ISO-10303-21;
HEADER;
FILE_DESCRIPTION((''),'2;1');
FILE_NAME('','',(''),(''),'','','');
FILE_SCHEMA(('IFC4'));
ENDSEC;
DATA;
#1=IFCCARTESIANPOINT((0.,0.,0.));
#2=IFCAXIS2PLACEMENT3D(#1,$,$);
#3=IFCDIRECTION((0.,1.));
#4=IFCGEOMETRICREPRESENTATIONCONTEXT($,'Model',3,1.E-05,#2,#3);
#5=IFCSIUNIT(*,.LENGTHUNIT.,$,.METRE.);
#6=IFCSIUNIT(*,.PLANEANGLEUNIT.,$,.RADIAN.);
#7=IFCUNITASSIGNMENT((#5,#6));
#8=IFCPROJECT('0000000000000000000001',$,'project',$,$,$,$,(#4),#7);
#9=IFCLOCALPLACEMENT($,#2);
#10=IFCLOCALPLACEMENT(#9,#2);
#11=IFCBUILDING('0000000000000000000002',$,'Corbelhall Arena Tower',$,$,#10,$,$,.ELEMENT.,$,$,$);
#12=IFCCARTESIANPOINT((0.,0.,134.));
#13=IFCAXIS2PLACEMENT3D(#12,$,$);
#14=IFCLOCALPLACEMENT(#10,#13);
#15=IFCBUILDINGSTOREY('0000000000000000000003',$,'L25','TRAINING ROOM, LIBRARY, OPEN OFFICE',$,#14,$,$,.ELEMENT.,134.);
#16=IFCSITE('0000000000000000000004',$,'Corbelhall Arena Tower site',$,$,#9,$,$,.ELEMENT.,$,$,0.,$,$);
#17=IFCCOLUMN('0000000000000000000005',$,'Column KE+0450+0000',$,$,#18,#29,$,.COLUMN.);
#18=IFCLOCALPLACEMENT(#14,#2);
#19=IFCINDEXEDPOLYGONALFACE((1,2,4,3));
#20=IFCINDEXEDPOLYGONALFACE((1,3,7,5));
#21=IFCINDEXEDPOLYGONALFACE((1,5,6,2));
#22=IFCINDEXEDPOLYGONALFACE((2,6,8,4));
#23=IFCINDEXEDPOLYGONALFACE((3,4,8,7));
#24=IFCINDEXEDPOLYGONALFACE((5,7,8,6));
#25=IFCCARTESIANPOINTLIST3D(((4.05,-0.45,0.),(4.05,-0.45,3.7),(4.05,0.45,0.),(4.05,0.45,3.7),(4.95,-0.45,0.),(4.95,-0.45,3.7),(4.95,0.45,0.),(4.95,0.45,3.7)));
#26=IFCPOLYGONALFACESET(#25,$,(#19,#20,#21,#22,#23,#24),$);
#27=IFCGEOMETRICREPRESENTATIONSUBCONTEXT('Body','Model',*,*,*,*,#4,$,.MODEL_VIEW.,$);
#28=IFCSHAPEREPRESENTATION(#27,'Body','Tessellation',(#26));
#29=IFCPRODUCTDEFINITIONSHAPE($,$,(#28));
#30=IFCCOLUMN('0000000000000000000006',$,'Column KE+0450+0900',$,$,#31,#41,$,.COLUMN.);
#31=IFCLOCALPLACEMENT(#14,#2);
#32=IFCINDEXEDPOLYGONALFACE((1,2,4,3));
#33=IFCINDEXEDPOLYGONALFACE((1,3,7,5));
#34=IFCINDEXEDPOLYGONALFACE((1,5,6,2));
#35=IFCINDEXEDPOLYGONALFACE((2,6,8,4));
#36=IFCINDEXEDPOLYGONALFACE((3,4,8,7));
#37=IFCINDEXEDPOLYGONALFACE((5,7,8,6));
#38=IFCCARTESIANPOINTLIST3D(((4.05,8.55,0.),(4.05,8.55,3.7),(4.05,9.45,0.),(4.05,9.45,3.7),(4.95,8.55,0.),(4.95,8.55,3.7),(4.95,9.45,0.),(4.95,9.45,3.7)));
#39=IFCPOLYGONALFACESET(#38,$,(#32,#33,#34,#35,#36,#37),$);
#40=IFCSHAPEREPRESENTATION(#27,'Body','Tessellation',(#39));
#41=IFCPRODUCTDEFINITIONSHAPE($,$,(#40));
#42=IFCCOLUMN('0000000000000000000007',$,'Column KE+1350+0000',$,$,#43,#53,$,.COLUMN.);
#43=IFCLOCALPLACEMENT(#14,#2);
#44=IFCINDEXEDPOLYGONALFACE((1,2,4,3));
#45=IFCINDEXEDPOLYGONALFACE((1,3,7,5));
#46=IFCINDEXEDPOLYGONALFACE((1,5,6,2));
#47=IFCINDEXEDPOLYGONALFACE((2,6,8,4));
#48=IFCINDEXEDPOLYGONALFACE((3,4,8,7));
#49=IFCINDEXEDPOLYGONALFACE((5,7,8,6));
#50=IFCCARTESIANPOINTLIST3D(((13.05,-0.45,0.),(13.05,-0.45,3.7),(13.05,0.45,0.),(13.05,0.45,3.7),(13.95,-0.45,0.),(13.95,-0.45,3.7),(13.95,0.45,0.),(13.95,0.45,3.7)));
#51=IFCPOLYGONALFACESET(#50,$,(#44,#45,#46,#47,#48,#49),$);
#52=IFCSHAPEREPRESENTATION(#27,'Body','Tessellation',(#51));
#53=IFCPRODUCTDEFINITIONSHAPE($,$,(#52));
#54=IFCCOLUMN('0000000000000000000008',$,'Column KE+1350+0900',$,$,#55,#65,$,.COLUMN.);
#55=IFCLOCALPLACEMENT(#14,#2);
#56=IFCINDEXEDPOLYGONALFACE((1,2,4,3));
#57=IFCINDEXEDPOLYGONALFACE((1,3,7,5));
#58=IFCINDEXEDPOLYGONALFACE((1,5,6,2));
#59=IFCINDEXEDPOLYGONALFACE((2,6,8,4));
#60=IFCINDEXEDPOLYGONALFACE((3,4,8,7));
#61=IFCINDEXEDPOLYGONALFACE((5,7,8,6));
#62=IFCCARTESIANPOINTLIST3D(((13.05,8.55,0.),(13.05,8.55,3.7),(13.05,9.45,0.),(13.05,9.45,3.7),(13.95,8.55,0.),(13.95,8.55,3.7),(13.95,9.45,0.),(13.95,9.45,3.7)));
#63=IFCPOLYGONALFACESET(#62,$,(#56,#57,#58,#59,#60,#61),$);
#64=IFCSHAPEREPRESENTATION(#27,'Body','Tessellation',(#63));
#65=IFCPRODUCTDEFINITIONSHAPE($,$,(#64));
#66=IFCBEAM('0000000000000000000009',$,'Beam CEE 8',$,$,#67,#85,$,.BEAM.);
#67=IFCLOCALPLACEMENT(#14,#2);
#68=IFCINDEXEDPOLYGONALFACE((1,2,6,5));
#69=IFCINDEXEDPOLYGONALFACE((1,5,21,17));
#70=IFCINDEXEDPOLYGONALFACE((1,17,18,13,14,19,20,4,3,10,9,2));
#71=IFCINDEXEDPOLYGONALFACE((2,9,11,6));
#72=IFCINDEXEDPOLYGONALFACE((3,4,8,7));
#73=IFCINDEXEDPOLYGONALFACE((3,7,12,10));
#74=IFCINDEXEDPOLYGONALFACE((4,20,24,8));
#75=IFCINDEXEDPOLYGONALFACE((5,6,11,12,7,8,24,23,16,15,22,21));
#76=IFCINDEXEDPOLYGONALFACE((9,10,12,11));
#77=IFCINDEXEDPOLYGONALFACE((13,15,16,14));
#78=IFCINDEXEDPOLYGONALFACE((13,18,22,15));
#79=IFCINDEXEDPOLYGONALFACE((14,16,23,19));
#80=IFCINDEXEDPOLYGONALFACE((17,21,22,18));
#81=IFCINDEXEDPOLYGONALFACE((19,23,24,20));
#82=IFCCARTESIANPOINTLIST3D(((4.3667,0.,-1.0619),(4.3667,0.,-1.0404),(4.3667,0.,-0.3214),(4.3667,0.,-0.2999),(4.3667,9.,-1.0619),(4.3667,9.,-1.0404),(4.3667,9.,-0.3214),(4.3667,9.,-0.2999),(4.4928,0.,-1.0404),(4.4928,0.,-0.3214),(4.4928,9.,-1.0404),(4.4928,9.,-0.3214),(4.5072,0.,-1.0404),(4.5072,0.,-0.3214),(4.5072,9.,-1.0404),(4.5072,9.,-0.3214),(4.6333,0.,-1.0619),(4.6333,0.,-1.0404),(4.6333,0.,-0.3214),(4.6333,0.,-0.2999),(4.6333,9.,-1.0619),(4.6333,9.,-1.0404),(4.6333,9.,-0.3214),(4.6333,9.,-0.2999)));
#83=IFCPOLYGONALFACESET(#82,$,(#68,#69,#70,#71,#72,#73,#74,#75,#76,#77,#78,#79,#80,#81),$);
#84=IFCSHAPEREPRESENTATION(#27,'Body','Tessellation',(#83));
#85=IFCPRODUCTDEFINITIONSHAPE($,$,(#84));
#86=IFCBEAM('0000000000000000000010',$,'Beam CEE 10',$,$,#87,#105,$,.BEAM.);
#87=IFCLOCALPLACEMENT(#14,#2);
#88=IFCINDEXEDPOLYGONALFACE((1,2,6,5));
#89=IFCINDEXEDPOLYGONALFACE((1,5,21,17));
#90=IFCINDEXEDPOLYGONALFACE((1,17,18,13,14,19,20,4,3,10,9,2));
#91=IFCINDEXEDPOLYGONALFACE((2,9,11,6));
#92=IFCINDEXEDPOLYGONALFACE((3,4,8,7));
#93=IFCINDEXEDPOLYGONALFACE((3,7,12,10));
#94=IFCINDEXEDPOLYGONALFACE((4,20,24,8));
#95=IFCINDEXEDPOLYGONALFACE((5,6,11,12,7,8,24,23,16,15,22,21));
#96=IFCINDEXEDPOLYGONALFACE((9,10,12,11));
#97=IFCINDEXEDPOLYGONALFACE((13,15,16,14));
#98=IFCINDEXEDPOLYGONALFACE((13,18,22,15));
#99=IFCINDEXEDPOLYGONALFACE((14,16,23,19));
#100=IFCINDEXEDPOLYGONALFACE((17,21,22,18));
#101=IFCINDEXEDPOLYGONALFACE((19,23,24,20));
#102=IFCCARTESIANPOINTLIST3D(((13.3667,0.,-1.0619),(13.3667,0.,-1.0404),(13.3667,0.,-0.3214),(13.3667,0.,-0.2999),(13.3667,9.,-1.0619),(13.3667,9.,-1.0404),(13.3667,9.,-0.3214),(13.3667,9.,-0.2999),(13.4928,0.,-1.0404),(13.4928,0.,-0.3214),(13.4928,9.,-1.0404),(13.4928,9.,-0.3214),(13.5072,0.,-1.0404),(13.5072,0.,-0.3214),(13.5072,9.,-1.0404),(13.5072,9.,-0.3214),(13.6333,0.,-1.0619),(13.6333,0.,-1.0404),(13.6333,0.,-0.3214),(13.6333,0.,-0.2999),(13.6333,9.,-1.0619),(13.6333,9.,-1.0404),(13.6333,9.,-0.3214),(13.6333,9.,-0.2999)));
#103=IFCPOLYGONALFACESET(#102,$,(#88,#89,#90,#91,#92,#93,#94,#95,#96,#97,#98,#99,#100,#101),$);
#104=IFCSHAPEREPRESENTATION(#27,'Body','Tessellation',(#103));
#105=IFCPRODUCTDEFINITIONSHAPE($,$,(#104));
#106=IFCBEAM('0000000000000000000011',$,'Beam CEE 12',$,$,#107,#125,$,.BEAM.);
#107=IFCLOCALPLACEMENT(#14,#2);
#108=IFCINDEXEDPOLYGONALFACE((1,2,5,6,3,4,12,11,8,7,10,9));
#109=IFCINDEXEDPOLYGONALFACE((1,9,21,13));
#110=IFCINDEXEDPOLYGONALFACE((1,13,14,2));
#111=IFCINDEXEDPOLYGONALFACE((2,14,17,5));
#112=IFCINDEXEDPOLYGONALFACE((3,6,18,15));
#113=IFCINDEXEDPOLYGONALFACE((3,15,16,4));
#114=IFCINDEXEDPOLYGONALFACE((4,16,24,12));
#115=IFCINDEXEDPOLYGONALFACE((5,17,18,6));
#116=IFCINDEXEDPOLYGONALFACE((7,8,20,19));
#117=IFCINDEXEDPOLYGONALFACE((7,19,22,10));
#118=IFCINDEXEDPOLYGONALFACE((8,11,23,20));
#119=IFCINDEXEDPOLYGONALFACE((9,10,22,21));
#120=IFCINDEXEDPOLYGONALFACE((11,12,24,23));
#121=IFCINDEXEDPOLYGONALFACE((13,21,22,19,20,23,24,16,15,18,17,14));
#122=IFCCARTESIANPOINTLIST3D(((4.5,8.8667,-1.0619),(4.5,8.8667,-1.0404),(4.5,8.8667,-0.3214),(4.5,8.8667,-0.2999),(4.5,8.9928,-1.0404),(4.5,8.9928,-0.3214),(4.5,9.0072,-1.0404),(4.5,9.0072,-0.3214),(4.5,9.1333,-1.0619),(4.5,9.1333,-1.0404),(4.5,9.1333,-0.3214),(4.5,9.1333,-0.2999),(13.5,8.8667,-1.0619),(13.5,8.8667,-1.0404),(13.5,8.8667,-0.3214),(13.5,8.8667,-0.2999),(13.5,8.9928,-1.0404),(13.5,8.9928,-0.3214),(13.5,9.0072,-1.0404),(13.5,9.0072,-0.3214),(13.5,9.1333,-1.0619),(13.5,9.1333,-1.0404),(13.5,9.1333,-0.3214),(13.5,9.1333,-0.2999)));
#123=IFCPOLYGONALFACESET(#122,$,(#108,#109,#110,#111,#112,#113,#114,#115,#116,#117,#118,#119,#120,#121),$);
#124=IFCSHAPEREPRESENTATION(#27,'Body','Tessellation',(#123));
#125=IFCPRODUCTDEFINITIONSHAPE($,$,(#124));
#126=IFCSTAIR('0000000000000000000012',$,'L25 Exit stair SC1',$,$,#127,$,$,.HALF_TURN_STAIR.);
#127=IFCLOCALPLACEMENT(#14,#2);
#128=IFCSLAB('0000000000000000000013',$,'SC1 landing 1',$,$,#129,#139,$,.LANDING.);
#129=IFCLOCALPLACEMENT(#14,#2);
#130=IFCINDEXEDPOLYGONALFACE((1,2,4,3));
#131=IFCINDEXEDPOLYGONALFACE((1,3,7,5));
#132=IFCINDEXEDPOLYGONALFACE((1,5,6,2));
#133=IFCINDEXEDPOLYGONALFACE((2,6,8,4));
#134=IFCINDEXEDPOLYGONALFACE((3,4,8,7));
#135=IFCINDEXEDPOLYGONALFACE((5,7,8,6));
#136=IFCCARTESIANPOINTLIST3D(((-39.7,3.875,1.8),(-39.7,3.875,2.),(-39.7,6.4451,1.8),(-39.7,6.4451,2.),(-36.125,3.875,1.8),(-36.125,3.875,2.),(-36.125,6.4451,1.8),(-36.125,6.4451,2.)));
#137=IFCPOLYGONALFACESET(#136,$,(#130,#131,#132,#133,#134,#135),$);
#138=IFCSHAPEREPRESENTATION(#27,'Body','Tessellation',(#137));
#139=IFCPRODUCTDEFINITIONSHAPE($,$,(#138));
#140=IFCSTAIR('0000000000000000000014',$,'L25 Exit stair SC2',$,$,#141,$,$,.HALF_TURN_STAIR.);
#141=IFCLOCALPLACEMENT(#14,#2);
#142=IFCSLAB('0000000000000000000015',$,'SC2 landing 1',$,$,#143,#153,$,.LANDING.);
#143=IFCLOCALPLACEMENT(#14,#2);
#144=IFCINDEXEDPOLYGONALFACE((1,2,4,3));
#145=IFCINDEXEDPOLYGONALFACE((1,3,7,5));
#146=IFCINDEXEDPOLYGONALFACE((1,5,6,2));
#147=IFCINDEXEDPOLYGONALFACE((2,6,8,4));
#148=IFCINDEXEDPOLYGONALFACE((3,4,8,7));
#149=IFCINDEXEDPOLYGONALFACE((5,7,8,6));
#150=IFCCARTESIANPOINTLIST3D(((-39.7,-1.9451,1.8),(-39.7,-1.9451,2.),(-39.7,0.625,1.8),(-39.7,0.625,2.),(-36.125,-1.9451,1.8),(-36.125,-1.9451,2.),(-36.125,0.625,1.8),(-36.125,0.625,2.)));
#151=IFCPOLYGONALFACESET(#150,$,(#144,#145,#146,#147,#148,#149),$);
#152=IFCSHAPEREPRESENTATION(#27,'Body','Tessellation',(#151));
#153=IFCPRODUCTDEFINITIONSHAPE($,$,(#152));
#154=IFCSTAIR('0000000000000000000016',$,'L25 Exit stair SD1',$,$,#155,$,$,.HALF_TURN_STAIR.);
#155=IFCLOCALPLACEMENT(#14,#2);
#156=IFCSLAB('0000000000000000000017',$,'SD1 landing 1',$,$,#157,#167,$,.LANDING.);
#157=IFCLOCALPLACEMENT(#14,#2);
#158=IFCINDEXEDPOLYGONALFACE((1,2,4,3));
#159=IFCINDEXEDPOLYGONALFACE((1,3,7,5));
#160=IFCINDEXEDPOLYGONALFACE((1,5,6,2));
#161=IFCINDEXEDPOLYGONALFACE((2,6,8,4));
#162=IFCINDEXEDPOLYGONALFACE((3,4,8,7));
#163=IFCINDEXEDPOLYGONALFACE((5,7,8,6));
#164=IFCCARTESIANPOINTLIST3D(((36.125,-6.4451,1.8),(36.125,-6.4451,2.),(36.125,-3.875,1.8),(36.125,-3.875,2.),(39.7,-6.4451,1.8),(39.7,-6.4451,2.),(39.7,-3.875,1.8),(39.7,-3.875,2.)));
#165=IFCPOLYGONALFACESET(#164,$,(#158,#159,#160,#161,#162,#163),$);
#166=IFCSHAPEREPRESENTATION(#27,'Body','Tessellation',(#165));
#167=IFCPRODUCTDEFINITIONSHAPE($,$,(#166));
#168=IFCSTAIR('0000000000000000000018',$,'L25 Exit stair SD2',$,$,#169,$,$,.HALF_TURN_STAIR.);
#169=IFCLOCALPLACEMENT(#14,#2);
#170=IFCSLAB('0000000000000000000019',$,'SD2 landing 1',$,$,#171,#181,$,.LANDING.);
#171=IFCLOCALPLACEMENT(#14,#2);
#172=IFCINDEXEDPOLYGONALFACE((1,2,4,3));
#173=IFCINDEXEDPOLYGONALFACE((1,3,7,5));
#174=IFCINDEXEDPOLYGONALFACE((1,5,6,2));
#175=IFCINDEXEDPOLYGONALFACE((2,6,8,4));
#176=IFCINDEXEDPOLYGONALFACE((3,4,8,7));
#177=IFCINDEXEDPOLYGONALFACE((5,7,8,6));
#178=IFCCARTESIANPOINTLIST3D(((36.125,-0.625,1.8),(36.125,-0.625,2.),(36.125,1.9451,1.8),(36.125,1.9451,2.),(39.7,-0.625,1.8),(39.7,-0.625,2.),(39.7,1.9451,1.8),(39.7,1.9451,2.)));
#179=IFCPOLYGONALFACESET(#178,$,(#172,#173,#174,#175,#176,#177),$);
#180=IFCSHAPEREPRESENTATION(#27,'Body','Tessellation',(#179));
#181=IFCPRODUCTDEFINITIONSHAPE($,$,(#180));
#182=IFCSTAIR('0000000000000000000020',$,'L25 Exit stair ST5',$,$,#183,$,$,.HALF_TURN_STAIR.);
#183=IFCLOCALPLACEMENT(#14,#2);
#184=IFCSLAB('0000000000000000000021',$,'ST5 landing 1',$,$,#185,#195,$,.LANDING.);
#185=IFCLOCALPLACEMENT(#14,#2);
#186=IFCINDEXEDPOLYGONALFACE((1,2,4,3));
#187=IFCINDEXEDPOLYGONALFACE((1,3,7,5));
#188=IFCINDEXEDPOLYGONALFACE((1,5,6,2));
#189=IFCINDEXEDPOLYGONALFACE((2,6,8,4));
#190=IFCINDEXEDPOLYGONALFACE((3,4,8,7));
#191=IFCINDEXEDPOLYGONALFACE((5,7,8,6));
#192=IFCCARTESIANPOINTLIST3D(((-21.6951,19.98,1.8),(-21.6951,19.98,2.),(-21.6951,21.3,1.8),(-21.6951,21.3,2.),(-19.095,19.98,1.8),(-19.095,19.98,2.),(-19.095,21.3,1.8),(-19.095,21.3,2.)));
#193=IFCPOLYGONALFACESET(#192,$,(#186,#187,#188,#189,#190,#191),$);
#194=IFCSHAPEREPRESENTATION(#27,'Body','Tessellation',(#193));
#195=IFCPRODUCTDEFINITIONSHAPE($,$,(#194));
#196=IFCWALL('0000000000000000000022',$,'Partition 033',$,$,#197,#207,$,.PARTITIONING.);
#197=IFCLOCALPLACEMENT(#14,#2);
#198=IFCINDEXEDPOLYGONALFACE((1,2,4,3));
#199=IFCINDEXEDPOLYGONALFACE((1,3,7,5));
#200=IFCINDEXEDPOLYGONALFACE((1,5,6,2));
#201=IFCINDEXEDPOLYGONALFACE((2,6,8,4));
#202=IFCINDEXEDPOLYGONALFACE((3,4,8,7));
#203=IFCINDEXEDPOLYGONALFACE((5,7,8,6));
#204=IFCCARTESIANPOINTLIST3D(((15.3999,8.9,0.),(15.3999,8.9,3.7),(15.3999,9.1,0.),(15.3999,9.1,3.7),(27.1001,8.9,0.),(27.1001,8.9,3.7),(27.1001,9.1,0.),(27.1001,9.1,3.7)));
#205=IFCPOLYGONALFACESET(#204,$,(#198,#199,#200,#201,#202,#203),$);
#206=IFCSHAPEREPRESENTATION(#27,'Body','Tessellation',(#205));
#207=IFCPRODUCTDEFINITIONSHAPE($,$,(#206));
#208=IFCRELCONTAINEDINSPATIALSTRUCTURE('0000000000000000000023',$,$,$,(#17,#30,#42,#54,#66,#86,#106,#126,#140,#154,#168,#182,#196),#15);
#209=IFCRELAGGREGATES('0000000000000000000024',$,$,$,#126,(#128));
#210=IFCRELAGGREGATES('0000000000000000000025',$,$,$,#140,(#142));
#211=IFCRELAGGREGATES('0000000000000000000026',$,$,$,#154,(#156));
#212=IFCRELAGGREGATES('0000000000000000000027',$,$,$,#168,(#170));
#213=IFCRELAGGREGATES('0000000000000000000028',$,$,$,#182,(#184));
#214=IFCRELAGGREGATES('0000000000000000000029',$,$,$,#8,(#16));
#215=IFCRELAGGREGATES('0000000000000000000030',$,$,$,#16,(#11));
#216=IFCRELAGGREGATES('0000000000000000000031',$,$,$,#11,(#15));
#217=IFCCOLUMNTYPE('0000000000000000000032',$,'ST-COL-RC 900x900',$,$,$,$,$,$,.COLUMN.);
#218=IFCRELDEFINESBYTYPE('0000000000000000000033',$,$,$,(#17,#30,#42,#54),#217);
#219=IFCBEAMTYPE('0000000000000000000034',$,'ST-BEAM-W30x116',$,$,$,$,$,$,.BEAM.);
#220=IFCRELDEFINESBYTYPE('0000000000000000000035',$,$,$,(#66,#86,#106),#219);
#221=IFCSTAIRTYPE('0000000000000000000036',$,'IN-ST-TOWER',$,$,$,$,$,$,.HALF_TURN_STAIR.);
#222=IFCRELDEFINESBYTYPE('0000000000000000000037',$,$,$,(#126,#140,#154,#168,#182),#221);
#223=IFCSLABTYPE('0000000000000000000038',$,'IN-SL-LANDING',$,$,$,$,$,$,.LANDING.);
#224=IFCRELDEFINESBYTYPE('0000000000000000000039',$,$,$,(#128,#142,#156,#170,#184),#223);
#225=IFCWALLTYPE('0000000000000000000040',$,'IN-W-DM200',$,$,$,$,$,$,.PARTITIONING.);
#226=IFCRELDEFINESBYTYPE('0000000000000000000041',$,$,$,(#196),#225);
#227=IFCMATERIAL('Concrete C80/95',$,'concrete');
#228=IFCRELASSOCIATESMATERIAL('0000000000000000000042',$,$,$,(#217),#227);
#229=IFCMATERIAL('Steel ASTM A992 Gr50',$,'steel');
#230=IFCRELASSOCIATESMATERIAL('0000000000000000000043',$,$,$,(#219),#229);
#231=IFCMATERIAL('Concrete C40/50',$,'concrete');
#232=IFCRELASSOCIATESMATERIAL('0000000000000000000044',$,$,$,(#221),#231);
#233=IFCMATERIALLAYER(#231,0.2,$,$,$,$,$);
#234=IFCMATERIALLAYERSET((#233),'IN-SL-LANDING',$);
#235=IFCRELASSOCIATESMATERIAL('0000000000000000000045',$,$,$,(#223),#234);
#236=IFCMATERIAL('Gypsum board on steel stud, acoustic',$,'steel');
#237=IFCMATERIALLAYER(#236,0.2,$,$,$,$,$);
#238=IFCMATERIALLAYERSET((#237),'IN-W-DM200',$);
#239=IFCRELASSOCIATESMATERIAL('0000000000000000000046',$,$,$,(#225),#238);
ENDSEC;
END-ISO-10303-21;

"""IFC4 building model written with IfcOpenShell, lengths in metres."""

from ifc_helpers import new_model, si_unit, direction, frame, frame_2d, origin, origin_2d, place, context, subcontext, project, spatial, polyline, rectangle, i_section, outline, extrude, material, layer, layer_set, material_profile, profile_set, type_object, element, aggregate, save


model = new_model("IFC4")

# Units and contexts
model_context = context("Model", 3, precision=1e-05, world=origin(), true_north=direction((0.0, 1.0)))
body_context = subcontext(model_context, "Body", "Model", "MODEL_VIEW")
ifc_project = project(units=[si_unit("LENGTHUNIT", "METRE"), si_unit("PLANEANGLEUNIT", "RADIAN")], contexts=[model_context])

# Site, building, storey
site_placement = place(None, origin())
site = spatial("IfcSite", under=ifc_project, at=site_placement, Name="Corbelhall Arena Tower site", CompositionType="ELEMENT", RefElevation=0.0)
building_placement = place(site_placement, origin())
building = spatial("IfcBuilding", under=site, at=building_placement, Name="Corbelhall Arena Tower", CompositionType="ELEMENT")
storey_placement = place(building_placement, frame((0.0, 0.0, 134.0)))
storey = spatial("IfcBuildingStorey", under=building, at=storey_placement, Name="L25", Description="TRAINING ROOM, LIBRARY, OPEN OFFICE", CompositionType="ELEMENT", Elevation=134.0)

# Columns
ifc_material_1 = material(Name="Concrete C80/95", Category="concrete")
ifc_material_profile_1 = material_profile(ifc_material_1, rectangle(XDim=0.8999, YDim=0.8999, at=origin_2d()))
ifc_profile_set_1 = profile_set([ifc_material_profile_1], Name="Concrete C80/95")
column_type = type_object("IfcColumnType", Name="ST-COL-RC 900x900", PredefinedType="COLUMN", material=ifc_profile_set_1)
for number, where, z_axis, x_axis, name in (
    (1, (4.5, 0.0, 0.0), (0.0, 0.0, 1.0), (1.0, 0.0, 0.0), "Column KE+0450+0000"),
    (2, (4.5, 9.0, 0.0), (0.0, 0.0, 1.0), (1.0, 0.0, 0.0), "Column KE+0450+0900"),
    (3, (13.5, 0.0, 0.0), (0.0, 0.0, 1.0), (1.0, 0.0, 0.0), "Column KE+1350+0000"),
    (4, (13.5, 9.0, 0.0), (0.0, 0.0, 1.0), (1.0, 0.0, 0.0), "Column KE+1350+0900"),
):
    element("IfcColumn", number, at=place(storey_placement, frame(where, z_axis=z_axis, x_axis=x_axis)), inside=storey, type_object=column_type, Name=name, PredefinedType="COLUMN", context=body_context, shape_type="SweptSolid", body=[
        extrude(rectangle(XDim=0.8999, YDim=0.8999, at=origin_2d()), origin(), (0.0, 0.0, 1.0), 3.7),
    ])

# Beams
ifc_material_2 = material(Name="Steel ASTM A992 Gr50", Category="steel")
ifc_material_profile_2 = material_profile(ifc_material_2, i_section(OverallWidth=0.2666, OverallDepth=0.762, WebThickness=0.0144, FlangeThickness=0.0215, at=origin_2d()))
ifc_profile_set_2 = profile_set([ifc_material_profile_2], Name="Steel ASTM A992 Gr50")
beam_type = type_object("IfcBeamType", Name="ST-BEAM-W30x116", PredefinedType="BEAM", material=ifc_profile_set_2)
for number, where, z_axis, x_axis, name in (
    (5, (4.5, 0.0, -0.6809), (0.0, 1.0, 0.0), (-1.0, 0.0, 0.0), "Beam CEE 8"),
    (6, (13.5, 0.0, -0.6809), (0.0, 1.0, 0.0), (-1.0, 0.0, 0.0), "Beam CEE 10"),
    (7, (4.5, 9.0, -0.6809), (1.0, 0.0, 0.0), (0.0, 1.0, 0.0), "Beam CEE 12"),
):
    element("IfcBeam", number, at=place(storey_placement, frame(where, z_axis=z_axis, x_axis=x_axis)), inside=storey, type_object=beam_type, Name=name, PredefinedType="BEAM", context=body_context, shape_type="SweptSolid", body=[
        extrude(i_section(OverallWidth=0.2666, OverallDepth=0.762, WebThickness=0.0144, FlangeThickness=0.0215, at=origin_2d()), origin(), (0.0, 0.0, 1.0), 9.0),
    ])

# Stairs, slabs
ifc_material_3 = material(Name="Concrete C40/50", Category="concrete")
stair_type = type_object("IfcStairType", Name="IN-ST-TOWER", PredefinedType="HALF_TURN_STAIR", material=ifc_material_3)
stair_1_placement = place(storey_placement, origin())
stair_1 = element("IfcStair", 8, at=stair_1_placement, inside=storey, type_object=stair_type, Name="L25 Exit stair SC1", PredefinedType="HALF_TURN_STAIR")
ifc_layer_1 = layer(ifc_material_3, 0.2)
ifc_layer_set_1 = layer_set([ifc_layer_1], Name="IN-SL-LANDING")
slab_type = type_object("IfcSlabType", Name="IN-SL-LANDING", PredefinedType="LANDING", material=ifc_layer_set_1)
slab_1_placement = place(storey_placement, frame((0.0, 0.0, 1.8)))
slab_1 = element("IfcSlab", 9, at=slab_1_placement, type_object=slab_type, Name="SC1 landing 1", PredefinedType="LANDING", context=body_context, shape_type="SweptSolid", body=[
    extrude(outline(polyline([(-39.7, 6.4451), (-39.7, 3.875), (-36.125, 3.875), (-36.125, 6.4451), (-39.7, 6.4451)])), origin(), (0.0, 0.0, 1.0), 0.2),
])
aggregate(stair_1, [slab_1])
stair_2_placement = place(storey_placement, origin())
stair_2 = element("IfcStair", 10, at=stair_2_placement, inside=storey, type_object=stair_type, Name="L25 Exit stair SC2", PredefinedType="HALF_TURN_STAIR")
slab_2_placement = place(storey_placement, frame((0.0, 0.0, 1.8)))
slab_2 = element("IfcSlab", 11, at=slab_2_placement, type_object=slab_type, Name="SC2 landing 1", PredefinedType="LANDING", context=body_context, shape_type="SweptSolid", body=[
    extrude(outline(polyline([(-36.125, -1.9451), (-36.125, 0.625), (-39.7, 0.625), (-39.7, -1.9451), (-36.125, -1.9451)])), origin(), (0.0, 0.0, 1.0), 0.2),
])
aggregate(stair_2, [slab_2])
stair_3_placement = place(storey_placement, origin())
stair_3 = element("IfcStair", 12, at=stair_3_placement, inside=storey, type_object=stair_type, Name="L25 Exit stair SD1", PredefinedType="HALF_TURN_STAIR")
slab_3_placement = place(storey_placement, frame((0.0, 0.0, 1.8)))
slab_3 = element("IfcSlab", 13, at=slab_3_placement, type_object=slab_type, Name="SD1 landing 1", PredefinedType="LANDING", context=body_context, shape_type="SweptSolid", body=[
    extrude(outline(polyline([(39.7, -6.4451), (39.7, -3.875), (36.125, -3.875), (36.125, -6.4451), (39.7, -6.4451)])), origin(), (0.0, 0.0, 1.0), 0.2),
])
aggregate(stair_3, [slab_3])
stair_4_placement = place(storey_placement, origin())
stair_4 = element("IfcStair", 14, at=stair_4_placement, inside=storey, type_object=stair_type, Name="L25 Exit stair SD2", PredefinedType="HALF_TURN_STAIR")
slab_4_placement = place(storey_placement, frame((0.0, 0.0, 1.8)))
slab_4 = element("IfcSlab", 15, at=slab_4_placement, type_object=slab_type, Name="SD2 landing 1", PredefinedType="LANDING", context=body_context, shape_type="SweptSolid", body=[
    extrude(outline(polyline([(36.125, 1.9451), (36.125, -0.625), (39.7, -0.625), (39.7, 1.9451), (36.125, 1.9451)])), origin(), (0.0, 0.0, 1.0), 0.2),
])
aggregate(stair_4, [slab_4])
stair_5_placement = place(storey_placement, origin())
stair_5 = element("IfcStair", 16, at=stair_5_placement, inside=storey, type_object=stair_type, Name="L25 Exit stair ST5", PredefinedType="HALF_TURN_STAIR")
slab_5_placement = place(storey_placement, frame((0.0, 0.0, 1.8)))
slab_5 = element("IfcSlab", 17, at=slab_5_placement, type_object=slab_type, Name="ST5 landing 1", PredefinedType="LANDING", context=body_context, shape_type="SweptSolid", body=[
    extrude(outline(polyline([(-19.095, 19.98), (-19.095, 21.3), (-21.6951, 21.3), (-21.6951, 19.98), (-19.095, 19.98)])), origin(), (0.0, 0.0, 1.0), 0.2),
])
aggregate(stair_5, [slab_5])

# Wall
ifc_material_4 = material(Name="Gypsum board on steel stud, acoustic", Category="steel")
ifc_layer_2 = layer(ifc_material_4, 0.2)
ifc_layer_set_2 = layer_set([ifc_layer_2], Name="IN-W-DM200")
wall_type_1 = type_object("IfcWallType", Name="IN-W-DM200", PredefinedType="PARTITIONING", material=ifc_layer_set_2)
wall_1_placement = place(storey_placement, frame((15.3999, 9.0, 0.0), z_axis=(0.0, 0.0, 1.0), x_axis=(1.0, 0.0, 0.0)))
element("IfcWall", 18, at=wall_1_placement, inside=storey, type_object=wall_type_1, Name="Partition 033", PredefinedType="PARTITIONING", context=body_context, shape_type="SweptSolid", body=[
    extrude(rectangle(XDim=11.7002, YDim=0.2, at=frame_2d((5.8501, 0.0))), origin(), (0.0, 0.0, 1.0), 3.7),
])

save(model, "model.ifc")
